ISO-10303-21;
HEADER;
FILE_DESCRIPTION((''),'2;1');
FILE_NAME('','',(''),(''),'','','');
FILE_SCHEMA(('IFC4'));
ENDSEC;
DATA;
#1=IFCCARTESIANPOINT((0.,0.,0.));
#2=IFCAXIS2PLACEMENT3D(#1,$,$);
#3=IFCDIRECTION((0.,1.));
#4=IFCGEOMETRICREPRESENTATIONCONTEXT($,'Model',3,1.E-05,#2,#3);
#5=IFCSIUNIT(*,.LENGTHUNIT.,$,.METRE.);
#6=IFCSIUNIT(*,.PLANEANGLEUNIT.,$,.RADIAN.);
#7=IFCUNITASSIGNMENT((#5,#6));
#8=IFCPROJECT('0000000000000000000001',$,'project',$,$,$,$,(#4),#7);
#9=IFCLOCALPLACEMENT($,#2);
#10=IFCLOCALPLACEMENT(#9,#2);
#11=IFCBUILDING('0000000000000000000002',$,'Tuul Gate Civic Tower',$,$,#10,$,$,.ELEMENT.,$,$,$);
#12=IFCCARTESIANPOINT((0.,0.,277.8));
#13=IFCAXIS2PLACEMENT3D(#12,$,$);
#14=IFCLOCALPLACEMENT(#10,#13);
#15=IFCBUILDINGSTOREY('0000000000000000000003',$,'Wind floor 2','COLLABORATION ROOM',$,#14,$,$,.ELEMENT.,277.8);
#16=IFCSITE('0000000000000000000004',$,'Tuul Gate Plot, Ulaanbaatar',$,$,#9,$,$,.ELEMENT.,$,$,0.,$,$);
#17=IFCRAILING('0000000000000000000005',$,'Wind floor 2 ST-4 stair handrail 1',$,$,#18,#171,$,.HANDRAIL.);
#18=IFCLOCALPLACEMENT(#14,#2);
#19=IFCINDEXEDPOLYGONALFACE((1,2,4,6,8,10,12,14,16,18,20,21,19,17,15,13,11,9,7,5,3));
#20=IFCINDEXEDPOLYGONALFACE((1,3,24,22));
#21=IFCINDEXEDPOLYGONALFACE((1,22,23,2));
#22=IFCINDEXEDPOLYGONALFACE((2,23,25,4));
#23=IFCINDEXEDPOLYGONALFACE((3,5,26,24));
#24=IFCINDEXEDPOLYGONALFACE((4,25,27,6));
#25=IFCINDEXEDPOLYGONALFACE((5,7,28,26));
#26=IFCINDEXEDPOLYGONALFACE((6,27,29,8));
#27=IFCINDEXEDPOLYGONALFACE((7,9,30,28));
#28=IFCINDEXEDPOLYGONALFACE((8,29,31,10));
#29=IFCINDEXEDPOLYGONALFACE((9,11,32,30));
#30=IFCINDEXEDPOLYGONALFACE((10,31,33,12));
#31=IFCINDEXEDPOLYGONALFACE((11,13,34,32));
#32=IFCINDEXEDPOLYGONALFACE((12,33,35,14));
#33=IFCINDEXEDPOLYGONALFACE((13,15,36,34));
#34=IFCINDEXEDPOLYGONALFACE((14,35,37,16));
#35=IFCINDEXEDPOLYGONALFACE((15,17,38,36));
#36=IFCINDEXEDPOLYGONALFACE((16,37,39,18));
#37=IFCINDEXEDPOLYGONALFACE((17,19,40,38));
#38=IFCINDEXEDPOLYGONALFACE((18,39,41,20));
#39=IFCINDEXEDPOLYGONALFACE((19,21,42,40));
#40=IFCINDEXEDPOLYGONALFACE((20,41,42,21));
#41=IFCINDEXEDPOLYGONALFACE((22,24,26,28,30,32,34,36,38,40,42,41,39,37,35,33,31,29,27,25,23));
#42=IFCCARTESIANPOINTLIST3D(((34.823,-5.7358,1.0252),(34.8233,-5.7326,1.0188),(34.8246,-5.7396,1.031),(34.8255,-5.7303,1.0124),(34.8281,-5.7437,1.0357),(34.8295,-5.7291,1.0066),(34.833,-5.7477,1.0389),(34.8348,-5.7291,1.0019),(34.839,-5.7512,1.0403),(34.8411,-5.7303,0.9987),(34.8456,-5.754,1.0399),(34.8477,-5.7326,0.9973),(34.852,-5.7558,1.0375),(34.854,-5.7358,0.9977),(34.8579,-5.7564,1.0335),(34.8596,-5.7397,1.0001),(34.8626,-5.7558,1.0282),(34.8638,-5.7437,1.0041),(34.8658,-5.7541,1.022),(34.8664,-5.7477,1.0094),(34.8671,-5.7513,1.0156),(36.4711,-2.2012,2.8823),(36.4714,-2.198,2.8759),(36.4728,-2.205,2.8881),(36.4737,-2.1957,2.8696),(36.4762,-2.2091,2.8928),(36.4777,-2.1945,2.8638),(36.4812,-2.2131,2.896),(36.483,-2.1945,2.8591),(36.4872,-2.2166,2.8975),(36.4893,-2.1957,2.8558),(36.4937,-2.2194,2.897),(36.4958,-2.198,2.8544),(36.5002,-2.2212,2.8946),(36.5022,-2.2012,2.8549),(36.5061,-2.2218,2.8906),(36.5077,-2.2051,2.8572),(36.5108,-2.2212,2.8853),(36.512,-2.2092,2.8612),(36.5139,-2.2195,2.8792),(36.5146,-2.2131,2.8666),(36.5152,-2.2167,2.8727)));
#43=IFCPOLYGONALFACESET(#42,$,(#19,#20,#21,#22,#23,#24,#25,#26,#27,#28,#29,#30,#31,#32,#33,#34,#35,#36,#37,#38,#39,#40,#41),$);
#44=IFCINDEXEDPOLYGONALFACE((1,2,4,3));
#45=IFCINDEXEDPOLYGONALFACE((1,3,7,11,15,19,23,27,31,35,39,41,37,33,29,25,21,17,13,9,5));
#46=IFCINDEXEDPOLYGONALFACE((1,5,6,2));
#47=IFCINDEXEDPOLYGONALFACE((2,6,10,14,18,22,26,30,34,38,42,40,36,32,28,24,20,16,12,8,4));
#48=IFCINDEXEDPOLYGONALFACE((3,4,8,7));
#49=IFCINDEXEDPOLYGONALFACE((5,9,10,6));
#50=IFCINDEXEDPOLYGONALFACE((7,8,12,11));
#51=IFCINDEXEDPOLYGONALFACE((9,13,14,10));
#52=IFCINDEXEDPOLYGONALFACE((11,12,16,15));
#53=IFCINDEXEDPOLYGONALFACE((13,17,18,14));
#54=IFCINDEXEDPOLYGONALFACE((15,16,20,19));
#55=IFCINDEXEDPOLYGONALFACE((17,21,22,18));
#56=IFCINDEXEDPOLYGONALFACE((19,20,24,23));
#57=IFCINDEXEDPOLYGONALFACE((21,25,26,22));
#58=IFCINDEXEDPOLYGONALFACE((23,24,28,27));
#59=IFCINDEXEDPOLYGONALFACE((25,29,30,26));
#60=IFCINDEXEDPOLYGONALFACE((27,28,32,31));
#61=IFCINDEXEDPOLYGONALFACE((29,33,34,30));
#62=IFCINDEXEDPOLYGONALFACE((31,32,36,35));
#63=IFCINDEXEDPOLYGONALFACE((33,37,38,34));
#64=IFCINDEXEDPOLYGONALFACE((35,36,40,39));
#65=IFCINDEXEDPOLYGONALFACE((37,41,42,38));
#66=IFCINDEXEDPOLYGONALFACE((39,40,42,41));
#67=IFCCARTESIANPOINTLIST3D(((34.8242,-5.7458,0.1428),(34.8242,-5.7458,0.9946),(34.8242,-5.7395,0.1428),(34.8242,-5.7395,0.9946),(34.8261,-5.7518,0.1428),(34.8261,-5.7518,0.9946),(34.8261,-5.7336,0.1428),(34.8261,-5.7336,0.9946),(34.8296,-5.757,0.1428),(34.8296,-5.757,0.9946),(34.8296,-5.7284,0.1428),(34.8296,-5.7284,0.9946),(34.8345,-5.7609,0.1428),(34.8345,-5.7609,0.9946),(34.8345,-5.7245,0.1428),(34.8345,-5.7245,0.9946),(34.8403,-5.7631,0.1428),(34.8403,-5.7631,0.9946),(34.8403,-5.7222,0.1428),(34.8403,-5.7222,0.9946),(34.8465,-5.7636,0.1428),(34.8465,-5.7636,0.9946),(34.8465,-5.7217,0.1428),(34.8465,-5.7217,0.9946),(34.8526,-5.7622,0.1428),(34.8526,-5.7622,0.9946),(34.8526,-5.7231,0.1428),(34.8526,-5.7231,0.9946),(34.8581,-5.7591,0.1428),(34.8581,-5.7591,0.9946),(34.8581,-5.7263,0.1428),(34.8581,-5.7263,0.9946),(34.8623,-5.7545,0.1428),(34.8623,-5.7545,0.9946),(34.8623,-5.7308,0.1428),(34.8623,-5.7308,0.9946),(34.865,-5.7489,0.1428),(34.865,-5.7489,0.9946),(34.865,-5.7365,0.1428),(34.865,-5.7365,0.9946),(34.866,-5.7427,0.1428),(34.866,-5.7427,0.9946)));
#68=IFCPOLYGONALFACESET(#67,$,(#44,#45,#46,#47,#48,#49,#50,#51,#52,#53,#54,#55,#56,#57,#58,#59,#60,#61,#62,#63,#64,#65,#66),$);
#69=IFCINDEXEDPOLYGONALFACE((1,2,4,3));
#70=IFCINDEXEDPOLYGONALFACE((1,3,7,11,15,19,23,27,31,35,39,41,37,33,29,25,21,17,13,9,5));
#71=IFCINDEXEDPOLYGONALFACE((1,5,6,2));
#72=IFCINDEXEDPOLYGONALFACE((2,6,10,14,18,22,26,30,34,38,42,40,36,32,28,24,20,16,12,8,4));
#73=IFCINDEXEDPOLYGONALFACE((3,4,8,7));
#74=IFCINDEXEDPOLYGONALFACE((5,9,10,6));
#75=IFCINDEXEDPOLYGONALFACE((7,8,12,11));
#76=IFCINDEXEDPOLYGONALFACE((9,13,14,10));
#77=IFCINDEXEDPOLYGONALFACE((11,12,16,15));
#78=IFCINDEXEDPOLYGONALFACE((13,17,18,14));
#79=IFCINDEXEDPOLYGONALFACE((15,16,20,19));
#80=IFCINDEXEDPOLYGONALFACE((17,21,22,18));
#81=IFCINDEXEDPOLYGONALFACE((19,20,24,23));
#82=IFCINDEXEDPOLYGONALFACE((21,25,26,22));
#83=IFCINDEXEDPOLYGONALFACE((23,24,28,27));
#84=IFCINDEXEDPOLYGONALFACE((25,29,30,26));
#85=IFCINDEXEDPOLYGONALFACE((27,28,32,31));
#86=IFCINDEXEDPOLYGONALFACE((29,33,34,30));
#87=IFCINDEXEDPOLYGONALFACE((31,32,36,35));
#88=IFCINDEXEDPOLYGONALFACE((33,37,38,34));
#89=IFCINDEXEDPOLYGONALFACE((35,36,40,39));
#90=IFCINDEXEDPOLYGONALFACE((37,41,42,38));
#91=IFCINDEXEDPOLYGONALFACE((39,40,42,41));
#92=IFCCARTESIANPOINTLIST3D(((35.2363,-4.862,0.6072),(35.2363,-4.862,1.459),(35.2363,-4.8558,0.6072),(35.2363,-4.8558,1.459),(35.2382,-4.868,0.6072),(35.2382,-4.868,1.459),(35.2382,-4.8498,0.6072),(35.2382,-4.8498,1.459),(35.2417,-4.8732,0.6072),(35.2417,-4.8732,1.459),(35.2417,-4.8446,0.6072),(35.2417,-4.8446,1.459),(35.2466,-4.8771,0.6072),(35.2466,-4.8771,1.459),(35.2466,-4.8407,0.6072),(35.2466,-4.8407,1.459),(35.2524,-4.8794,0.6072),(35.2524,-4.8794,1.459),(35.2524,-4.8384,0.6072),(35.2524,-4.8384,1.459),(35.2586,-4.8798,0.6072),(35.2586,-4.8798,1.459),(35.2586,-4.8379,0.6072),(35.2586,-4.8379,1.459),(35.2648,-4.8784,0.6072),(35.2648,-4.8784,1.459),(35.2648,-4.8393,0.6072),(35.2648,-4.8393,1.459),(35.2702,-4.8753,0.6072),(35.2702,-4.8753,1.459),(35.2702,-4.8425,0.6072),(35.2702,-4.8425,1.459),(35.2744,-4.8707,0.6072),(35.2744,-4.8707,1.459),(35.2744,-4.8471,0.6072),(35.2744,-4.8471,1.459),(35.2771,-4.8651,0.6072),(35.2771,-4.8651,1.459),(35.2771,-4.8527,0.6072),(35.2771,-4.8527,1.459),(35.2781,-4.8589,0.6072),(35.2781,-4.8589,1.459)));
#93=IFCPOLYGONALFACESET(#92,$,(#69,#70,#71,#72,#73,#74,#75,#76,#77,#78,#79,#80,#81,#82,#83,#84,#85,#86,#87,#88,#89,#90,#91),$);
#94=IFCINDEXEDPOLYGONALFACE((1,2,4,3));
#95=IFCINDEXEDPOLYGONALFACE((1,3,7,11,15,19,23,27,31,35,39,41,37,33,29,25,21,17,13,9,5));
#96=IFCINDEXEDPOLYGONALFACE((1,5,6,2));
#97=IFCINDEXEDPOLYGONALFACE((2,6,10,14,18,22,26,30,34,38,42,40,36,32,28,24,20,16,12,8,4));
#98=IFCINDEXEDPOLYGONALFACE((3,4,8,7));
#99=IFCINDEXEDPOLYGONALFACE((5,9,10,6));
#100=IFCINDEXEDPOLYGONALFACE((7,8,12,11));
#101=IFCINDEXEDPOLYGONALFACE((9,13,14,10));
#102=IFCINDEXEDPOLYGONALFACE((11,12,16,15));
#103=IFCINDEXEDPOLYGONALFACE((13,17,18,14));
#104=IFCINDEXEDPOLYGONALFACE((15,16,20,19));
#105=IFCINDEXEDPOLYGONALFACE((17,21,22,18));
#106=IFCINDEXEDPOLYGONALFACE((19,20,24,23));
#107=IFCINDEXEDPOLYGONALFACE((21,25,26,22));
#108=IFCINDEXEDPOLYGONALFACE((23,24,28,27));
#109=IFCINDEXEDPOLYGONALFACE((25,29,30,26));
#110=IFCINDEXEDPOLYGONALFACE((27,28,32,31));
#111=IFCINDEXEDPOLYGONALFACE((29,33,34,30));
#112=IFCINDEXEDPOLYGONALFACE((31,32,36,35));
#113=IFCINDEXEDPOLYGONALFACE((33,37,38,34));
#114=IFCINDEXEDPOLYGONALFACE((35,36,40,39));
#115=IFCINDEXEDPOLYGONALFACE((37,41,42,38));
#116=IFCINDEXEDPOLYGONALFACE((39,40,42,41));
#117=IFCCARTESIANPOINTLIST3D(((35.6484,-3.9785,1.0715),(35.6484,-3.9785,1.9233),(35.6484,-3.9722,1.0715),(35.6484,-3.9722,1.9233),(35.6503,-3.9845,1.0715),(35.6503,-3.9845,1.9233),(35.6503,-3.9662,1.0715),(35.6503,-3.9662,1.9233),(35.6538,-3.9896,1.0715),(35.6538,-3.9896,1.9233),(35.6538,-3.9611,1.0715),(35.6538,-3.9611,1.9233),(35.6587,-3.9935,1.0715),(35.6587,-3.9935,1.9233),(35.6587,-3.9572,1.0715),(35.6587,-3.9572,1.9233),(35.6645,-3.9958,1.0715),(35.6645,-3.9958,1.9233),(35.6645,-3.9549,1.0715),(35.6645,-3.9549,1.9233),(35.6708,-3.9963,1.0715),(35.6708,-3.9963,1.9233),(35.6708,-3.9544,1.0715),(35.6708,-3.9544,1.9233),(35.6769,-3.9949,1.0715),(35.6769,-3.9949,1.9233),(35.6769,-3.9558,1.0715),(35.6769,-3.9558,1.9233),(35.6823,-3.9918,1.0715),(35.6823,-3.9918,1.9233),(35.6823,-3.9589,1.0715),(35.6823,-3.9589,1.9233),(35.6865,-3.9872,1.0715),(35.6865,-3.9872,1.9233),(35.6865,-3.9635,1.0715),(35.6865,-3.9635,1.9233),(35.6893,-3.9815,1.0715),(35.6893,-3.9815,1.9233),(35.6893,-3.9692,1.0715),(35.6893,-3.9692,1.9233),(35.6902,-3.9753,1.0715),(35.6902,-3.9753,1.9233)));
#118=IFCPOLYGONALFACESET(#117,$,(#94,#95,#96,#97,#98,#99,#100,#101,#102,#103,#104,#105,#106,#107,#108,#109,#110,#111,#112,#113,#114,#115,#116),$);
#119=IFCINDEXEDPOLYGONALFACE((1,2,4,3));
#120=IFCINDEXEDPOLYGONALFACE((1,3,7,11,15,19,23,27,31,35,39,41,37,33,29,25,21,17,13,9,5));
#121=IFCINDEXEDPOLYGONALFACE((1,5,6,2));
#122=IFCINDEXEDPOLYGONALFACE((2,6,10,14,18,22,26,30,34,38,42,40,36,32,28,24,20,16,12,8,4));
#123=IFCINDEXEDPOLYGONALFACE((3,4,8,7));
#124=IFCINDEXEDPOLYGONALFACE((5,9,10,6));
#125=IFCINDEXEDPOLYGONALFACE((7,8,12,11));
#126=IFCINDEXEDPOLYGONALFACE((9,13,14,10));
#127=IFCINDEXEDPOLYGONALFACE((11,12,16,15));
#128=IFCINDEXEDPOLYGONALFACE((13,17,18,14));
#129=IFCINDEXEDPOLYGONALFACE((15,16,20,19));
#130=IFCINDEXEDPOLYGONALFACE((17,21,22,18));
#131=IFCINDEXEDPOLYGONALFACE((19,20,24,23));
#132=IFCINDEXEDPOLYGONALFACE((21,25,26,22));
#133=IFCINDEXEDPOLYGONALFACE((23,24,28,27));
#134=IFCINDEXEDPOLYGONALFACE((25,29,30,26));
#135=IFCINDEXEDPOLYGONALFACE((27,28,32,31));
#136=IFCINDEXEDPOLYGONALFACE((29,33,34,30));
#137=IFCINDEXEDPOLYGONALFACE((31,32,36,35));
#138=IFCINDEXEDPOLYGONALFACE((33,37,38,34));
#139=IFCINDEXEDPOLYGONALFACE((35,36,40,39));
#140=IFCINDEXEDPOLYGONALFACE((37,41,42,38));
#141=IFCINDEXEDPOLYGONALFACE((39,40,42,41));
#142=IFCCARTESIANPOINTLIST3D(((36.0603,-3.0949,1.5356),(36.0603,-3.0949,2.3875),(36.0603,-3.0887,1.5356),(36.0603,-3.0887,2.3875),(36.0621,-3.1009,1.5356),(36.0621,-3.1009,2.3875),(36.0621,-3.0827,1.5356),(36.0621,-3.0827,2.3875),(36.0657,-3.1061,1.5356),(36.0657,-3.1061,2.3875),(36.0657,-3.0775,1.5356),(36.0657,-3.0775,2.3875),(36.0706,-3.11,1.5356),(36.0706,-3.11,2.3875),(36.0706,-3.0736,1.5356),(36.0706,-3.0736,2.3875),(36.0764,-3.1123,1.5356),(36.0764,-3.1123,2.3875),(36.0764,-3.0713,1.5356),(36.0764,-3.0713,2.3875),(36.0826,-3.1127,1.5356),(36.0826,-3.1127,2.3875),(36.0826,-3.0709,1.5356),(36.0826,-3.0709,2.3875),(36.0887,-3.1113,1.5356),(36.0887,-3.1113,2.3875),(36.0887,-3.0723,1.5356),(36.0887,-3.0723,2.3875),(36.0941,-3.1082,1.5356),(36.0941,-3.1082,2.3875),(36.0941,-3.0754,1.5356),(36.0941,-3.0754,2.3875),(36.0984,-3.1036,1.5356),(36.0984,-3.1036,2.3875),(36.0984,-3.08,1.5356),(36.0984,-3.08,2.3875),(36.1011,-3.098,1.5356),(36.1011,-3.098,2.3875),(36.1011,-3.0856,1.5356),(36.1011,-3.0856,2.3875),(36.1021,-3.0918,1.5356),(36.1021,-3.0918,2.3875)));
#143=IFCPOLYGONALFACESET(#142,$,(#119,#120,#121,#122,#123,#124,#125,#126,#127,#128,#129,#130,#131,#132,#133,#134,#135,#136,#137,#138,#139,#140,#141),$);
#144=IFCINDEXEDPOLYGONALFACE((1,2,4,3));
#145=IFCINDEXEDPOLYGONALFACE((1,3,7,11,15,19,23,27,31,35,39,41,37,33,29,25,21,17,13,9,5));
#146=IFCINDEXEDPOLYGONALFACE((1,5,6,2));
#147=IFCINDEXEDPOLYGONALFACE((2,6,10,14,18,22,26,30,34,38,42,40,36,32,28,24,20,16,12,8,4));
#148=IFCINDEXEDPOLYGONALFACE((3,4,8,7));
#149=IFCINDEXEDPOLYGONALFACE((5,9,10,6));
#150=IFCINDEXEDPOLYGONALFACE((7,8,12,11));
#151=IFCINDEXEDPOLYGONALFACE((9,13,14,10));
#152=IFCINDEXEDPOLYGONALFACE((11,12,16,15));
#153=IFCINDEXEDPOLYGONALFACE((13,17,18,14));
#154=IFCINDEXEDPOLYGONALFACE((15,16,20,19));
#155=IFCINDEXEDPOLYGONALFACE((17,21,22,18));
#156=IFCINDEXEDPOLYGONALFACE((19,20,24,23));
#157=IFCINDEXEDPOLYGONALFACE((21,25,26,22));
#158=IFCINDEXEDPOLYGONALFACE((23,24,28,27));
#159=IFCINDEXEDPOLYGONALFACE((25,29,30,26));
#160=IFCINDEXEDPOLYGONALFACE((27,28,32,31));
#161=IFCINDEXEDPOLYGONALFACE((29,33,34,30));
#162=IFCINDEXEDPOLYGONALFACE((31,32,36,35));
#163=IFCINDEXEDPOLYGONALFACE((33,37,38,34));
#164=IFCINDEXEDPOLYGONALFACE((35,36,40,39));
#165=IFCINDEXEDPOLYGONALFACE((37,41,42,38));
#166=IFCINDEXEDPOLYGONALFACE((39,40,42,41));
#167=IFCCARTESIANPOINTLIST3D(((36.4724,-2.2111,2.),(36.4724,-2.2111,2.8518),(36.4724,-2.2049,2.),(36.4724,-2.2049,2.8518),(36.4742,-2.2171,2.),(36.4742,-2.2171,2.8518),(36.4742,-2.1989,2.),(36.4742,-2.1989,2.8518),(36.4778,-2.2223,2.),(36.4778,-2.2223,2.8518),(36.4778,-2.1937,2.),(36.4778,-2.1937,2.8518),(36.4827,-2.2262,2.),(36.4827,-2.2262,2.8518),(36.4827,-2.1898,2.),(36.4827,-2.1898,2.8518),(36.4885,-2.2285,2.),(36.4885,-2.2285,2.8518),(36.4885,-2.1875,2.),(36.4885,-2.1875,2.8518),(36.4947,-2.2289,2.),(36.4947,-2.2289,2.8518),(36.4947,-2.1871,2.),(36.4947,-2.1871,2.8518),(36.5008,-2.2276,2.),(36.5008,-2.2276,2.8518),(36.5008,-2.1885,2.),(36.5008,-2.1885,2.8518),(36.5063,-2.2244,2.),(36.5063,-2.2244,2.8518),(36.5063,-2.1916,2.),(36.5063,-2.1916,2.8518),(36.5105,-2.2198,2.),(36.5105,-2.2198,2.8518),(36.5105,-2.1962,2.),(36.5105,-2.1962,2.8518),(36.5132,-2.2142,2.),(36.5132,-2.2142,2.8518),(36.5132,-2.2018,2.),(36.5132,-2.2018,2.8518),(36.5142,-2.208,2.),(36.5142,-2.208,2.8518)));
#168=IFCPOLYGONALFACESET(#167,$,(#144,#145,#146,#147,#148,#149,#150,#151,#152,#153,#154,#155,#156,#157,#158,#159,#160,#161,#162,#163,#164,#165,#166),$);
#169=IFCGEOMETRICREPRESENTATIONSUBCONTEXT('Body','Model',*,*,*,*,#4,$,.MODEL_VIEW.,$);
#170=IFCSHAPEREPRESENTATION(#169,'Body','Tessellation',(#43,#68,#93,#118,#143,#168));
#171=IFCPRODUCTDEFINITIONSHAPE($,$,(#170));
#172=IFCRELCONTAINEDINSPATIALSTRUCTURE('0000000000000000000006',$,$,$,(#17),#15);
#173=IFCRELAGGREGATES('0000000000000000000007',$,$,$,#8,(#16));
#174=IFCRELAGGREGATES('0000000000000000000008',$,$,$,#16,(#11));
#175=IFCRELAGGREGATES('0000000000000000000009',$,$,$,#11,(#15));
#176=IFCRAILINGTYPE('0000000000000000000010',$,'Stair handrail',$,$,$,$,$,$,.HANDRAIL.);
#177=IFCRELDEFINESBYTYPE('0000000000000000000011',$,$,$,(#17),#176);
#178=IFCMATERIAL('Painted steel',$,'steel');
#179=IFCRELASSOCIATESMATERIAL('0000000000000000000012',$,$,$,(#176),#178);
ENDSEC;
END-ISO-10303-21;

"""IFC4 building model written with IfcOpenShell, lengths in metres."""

from ifc_helpers import new_model, si_unit, direction, frame, origin, origin_2d, place, context, subcontext, project, spatial, circle, extrude, material, type_object, element, save


model = new_model("IFC4")

# Units and contexts
model_context = context("Model", 3, precision=1e-05, world=origin(), true_north=direction((0.0, 1.0)))
body_context = subcontext(model_context, "Body", "Model", "MODEL_VIEW")
ifc_project = project(units=[si_unit("LENGTHUNIT", "METRE"), si_unit("PLANEANGLEUNIT", "RADIAN")], contexts=[model_context])

# Site, building, storey
site_placement = place(None, origin())
site = spatial("IfcSite", under=ifc_project, at=site_placement, Name="Tuul Gate Plot, Ulaanbaatar", CompositionType="ELEMENT", RefElevation=0.0)
building_placement = place(site_placement, origin())
building = spatial("IfcBuilding", under=site, at=building_placement, Name="Tuul Gate Civic Tower", CompositionType="ELEMENT")
storey_placement = place(building_placement, frame((0.0, 0.0, 277.8)))
storey = spatial("IfcBuildingStorey", under=building, at=storey_placement, Name="Wind floor 2", Description="COLLABORATION ROOM", CompositionType="ELEMENT", Elevation=277.8)

# Railing
ifc_material_1 = material(Name="Painted steel", Category="steel")
railing_type_1 = type_object("IfcRailingType", Name="Stair handrail", PredefinedType="HANDRAIL", material=ifc_material_1)
railing_1_placement = place(storey_placement, frame((34.845, -5.7427, 0.1428)))
element("IfcRailing", 1, at=railing_1_placement, inside=storey, type_object=railing_type_1, Name="Wind floor 2 ST-4 stair handrail 1", PredefinedType="HANDRAIL", context=body_context, shape_type="SweptSolid", body=[
    extrude(circle(Radius=0.0239, at=origin_2d()), frame((0.0, 0.0, 0.876), z_axis=(0.381556, 0.818273, 0.429935), x_axis=(-0.906313, 0.422608, 0.0)), (0.0, 0.0, 1.0), 4.3196),
    extrude(circle(Radius=0.021, at=origin_2d()), origin(), (0.0, 0.0, 1.0), 0.8518),
    extrude(circle(Radius=0.021, at=origin_2d()), frame((0.4121, 0.8838, 0.4644)), (0.0, 0.0, 1.0), 0.8518),
    extrude(circle(Radius=0.021, at=origin_2d()), frame((0.8242, 1.7673, 0.9287)), (0.0, 0.0, 1.0), 0.8518),
    extrude(circle(Radius=0.021, at=origin_2d()), frame((1.2361, 2.6509, 1.3928)), (0.0, 0.0, 1.0), 0.8518),
    extrude(circle(Radius=0.021, at=origin_2d()), frame((1.6482, 3.5347, 1.8572)), (0.0, 0.0, 1.0), 0.8518),
])

save(model, "model.ifc")
